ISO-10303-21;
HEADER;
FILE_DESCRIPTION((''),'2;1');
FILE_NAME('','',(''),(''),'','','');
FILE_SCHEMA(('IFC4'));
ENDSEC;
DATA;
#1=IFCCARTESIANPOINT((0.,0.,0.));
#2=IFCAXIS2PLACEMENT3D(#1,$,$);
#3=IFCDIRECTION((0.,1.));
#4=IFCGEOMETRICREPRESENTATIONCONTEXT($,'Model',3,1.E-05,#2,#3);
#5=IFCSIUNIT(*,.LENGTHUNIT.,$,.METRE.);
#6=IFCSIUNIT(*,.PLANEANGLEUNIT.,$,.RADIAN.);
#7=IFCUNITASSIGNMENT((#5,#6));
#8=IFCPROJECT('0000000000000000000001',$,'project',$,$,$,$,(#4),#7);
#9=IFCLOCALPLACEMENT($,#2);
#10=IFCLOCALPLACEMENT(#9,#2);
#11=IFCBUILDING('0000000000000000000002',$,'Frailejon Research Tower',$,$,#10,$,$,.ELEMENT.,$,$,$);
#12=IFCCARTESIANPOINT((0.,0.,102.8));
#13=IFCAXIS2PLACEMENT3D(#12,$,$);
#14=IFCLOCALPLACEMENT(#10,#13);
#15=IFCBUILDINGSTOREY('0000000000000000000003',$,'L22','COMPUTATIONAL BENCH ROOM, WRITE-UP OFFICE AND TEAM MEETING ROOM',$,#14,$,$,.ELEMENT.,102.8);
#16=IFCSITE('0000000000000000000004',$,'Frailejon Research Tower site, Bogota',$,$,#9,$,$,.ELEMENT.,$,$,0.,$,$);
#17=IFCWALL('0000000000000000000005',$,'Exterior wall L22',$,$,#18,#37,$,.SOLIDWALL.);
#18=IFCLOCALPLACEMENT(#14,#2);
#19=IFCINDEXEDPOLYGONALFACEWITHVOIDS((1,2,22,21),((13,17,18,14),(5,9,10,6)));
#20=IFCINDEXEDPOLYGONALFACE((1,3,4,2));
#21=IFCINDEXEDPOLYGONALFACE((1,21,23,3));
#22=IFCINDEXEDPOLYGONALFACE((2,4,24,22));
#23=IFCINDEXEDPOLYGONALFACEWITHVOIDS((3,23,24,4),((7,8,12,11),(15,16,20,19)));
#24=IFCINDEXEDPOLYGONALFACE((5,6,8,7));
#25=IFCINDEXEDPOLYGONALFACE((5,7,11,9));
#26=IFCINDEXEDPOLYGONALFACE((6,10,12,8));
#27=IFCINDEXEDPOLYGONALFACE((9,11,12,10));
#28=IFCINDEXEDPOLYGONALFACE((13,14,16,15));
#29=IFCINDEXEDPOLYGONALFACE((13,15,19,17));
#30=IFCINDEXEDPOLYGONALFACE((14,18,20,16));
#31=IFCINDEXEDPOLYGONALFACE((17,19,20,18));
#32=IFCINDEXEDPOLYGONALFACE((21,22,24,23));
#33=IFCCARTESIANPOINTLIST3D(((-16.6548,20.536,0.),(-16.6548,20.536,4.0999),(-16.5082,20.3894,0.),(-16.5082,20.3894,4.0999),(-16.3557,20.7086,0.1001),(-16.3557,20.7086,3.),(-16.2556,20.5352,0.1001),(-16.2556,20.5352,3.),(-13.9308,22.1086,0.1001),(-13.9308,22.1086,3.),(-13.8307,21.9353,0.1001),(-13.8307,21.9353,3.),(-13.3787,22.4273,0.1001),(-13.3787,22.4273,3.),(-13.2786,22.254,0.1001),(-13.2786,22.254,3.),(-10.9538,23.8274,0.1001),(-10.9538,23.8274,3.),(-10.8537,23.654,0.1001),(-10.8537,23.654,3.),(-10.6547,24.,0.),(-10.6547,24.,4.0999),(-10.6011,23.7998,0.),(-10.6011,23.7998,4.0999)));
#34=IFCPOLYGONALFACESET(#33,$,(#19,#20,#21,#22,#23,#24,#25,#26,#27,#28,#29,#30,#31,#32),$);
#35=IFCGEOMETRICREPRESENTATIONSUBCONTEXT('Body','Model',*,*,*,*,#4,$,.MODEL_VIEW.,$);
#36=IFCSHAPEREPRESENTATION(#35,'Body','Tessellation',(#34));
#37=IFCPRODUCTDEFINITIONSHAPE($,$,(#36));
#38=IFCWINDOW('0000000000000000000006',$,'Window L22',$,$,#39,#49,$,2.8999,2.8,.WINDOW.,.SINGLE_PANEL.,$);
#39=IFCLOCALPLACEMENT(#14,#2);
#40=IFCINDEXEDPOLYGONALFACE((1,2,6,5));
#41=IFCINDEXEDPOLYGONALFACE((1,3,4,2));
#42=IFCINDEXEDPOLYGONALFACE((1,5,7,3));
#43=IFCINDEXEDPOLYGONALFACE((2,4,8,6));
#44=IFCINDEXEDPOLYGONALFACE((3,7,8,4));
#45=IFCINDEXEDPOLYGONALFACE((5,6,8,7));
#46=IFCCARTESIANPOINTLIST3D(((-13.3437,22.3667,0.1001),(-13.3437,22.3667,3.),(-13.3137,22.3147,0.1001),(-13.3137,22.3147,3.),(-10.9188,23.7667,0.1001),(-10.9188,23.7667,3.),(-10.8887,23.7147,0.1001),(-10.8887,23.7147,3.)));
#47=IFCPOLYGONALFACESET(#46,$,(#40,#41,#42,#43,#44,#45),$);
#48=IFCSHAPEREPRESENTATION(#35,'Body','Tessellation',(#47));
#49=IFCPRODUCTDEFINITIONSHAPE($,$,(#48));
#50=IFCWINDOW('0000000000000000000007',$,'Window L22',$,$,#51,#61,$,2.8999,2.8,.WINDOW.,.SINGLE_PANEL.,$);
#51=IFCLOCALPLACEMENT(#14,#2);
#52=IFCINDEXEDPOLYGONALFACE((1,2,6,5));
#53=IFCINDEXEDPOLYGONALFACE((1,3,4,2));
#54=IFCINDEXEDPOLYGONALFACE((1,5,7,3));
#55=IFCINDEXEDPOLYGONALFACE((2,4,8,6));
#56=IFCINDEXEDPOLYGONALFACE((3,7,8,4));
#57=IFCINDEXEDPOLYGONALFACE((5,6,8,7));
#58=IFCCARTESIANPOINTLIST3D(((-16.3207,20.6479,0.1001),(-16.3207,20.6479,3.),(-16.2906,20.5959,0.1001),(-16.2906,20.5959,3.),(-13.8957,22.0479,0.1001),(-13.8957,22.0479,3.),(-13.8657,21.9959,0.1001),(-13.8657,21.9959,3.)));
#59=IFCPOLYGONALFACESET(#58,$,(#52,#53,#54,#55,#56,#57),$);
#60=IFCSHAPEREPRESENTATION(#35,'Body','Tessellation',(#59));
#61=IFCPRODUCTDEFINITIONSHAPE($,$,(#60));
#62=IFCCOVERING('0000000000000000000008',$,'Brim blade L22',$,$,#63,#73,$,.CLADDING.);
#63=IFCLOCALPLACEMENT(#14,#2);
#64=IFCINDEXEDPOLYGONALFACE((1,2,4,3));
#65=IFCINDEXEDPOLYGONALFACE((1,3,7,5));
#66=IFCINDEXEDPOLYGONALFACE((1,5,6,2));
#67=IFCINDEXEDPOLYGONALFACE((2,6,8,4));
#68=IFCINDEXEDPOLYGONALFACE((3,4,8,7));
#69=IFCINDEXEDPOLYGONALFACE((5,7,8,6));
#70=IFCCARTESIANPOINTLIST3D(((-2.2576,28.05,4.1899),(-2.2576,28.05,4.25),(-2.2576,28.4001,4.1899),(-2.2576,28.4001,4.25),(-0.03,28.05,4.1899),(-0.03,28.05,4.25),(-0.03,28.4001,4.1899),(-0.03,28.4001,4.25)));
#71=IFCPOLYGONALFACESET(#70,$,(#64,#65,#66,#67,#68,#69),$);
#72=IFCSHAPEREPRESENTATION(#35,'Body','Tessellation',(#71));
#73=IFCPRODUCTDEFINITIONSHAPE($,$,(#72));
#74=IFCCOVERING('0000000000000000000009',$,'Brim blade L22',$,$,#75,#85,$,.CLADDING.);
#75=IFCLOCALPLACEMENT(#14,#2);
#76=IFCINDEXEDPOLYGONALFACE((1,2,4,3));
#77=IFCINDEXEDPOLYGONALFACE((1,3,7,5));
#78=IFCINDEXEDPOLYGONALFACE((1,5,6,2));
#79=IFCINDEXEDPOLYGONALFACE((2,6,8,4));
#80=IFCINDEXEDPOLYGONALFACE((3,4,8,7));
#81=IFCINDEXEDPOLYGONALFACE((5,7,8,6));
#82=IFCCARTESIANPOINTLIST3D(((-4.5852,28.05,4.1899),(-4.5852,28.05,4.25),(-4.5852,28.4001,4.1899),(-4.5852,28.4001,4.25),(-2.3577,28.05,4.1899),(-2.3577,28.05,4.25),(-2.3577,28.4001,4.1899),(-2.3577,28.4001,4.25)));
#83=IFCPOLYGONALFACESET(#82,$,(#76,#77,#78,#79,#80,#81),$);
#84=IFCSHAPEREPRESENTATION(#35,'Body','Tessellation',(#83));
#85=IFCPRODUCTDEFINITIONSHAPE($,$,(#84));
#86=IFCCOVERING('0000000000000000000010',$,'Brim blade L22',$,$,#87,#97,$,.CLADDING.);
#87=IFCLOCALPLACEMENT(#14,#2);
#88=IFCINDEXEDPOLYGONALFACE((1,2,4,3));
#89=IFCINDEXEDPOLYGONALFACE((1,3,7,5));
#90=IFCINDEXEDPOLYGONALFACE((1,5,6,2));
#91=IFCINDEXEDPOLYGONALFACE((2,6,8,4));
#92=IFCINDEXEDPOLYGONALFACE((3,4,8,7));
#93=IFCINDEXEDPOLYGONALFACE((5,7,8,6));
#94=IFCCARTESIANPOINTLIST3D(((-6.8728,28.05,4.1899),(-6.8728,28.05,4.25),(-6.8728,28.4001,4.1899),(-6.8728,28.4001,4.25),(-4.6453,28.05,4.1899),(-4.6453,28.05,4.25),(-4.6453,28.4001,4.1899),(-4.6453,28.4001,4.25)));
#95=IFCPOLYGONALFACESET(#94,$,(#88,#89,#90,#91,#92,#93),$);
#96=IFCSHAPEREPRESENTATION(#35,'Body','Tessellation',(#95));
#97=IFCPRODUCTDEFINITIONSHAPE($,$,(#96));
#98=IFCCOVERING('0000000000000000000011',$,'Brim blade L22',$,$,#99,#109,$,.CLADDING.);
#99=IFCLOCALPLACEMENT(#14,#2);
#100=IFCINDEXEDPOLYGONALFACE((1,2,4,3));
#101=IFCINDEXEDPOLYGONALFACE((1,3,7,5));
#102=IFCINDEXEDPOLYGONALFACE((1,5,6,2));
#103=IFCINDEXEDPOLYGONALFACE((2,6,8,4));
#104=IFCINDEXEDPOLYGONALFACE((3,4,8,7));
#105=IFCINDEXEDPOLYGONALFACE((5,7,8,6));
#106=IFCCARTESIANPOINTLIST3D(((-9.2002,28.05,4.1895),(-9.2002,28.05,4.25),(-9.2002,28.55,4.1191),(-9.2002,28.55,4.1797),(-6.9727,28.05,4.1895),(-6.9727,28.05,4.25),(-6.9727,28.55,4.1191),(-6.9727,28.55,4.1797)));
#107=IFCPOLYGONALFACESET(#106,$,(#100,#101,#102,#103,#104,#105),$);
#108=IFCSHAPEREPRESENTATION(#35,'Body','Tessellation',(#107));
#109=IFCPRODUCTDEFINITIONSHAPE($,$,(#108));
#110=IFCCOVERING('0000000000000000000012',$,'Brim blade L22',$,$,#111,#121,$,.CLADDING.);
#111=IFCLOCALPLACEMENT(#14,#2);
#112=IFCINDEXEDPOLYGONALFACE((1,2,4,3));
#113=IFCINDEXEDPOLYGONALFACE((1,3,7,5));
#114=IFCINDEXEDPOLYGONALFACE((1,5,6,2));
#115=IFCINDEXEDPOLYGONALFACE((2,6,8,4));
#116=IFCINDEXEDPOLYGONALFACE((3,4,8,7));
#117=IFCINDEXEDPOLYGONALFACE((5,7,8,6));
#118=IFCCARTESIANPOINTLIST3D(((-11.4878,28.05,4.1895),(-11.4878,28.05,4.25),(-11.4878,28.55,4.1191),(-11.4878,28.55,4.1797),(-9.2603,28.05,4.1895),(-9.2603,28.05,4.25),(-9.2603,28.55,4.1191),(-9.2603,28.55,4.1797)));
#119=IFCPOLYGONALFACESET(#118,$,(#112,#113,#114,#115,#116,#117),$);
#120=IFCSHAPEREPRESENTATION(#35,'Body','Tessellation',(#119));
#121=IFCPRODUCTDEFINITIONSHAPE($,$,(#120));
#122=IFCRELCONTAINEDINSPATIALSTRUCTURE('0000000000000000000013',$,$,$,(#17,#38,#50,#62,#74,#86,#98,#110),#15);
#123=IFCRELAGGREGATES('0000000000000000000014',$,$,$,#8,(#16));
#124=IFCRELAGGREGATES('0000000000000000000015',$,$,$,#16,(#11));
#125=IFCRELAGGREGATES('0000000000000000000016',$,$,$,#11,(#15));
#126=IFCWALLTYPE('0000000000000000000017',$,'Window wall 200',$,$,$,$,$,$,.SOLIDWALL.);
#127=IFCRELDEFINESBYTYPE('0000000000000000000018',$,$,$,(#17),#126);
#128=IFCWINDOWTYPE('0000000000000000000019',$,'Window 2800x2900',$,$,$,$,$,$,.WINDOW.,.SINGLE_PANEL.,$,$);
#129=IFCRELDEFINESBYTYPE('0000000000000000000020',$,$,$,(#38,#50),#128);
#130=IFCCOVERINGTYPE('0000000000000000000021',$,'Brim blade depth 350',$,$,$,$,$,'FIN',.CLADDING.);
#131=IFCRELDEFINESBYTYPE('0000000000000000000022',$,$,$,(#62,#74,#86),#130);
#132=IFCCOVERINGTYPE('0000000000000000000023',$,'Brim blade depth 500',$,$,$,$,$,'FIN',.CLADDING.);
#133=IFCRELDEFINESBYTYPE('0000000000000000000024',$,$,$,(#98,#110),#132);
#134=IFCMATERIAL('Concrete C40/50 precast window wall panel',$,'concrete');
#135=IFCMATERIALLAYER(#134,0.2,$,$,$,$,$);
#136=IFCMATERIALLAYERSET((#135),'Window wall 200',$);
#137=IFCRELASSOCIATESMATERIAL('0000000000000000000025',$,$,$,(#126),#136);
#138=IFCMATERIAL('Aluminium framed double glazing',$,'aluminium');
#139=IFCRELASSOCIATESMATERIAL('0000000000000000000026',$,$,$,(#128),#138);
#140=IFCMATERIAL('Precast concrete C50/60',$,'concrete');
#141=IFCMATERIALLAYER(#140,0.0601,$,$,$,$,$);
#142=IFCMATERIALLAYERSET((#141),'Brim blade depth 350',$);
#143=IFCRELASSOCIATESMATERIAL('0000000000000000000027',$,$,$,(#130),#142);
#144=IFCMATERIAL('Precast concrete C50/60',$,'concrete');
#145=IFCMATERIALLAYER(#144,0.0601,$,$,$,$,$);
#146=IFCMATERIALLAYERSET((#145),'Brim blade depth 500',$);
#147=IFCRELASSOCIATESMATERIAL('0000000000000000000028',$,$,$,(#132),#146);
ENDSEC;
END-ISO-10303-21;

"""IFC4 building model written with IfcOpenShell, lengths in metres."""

from ifc_helpers import new_model, si_unit, direction, frame, frame_2d, origin, place, context, subcontext, project, spatial, polyline, rectangle, outline, extrude, material, layer, layer_set, type_object, element, fill, save


model = new_model("IFC4")

# Units and contexts
model_context = context("Model", 3, precision=1e-05, world=origin(), true_north=direction((0.0, 1.0)))
body_context = subcontext(model_context, "Body", "Model", "MODEL_VIEW")
ifc_project = project(units=[si_unit("LENGTHUNIT", "METRE"), si_unit("PLANEANGLEUNIT", "RADIAN")], contexts=[model_context])

# Site, building, storey
site_placement = place(None, origin())
site = spatial("IfcSite", under=ifc_project, at=site_placement, Name="Frailejon Research Tower site, Bogota", CompositionType="ELEMENT", RefElevation=0.0)
building_placement = place(site_placement, origin())
building = spatial("IfcBuilding", under=site, at=building_placement, Name="Frailejon Research Tower", CompositionType="ELEMENT")
storey_placement = place(building_placement, frame((0.0, 0.0, 102.8)))
storey = spatial("IfcBuildingStorey", under=building, at=storey_placement, Name="L22", Description="COMPUTATIONAL BENCH ROOM, WRITE-UP OFFICE AND TEAM MEETING ROOM", CompositionType="ELEMENT", Elevation=102.8)

# Wall, openings, windows
ifc_material_1 = material(Name="Concrete C40/50 precast window wall panel", Category="concrete")
ifc_layer_1 = layer(ifc_material_1, 0.2)
ifc_layer_set_1 = layer_set([ifc_layer_1], Name="Window wall 200")
wall_type_1 = type_object("IfcWallType", Name="Window wall 200", PredefinedType="SOLIDWALL", material=ifc_layer_set_1)
wall_1_placement = place(storey_placement, frame((-10.6279, 23.8999, 0.0), z_axis=(0.0, 0.0, 1.0), x_axis=(-0.866029, -0.499993, 0.0)))
wall_1 = element("IfcWall", 1, at=wall_1_placement, inside=storey, type_object=wall_type_1, Name="Exterior wall L22", PredefinedType="SOLIDWALL", context=body_context, shape_type="SweptSolid", body=[
    extrude(outline(polyline([(-0.0269, -0.1001), (1.1279, -0.1001), (2.2825, -0.1001), (3.4373, -0.1001), (4.592, -0.1001), (5.7466, -0.1001), (6.9014, -0.1001), (6.8477, 0.1001), (5.7109, 0.1001), (4.574, 0.1001), (3.4373, 0.1001), (2.3005, 0.1001), (1.1636, 0.1001), (0.0269, 0.1001), (-0.0269, -0.1001)])), origin(), (0.0, 0.0, 1.0), 4.0999),
])
opening_1_placement = place(wall_1_placement, frame((0.3186, 0.0, 0.1001)))
opening_1 = element("IfcOpeningElement", 2, at=opening_1_placement, cuts=wall_1, PredefinedType="OPENING", context=body_context, shape_type="SweptSolid", body=[
    extrude(rectangle(XDim=2.8, YDim=2.8999, at=frame_2d((1.3999, 1.45))), frame((0.0, 0.1099, 0.0), z_axis=(0.0, -1.0, 0.0), x_axis=(1.0, 0.0, 0.0)), (0.0, 0.0, 1.0), 0.22),
])
opening_2_placement = place(wall_1_placement, frame((3.7561, 0.0, 0.1001)))
opening_2 = element("IfcOpeningElement", 3, at=opening_2_placement, cuts=wall_1, PredefinedType="OPENING", context=body_context, shape_type="SweptSolid", body=[
    extrude(rectangle(XDim=2.8, YDim=2.8999, at=frame_2d((1.3999, 1.45))), frame((0.0, 0.1099, 0.0), z_axis=(0.0, -1.0, 0.0), x_axis=(1.0, 0.0, 0.0)), (0.0, 0.0, 1.0), 0.22),
])
ifc_material_2 = material(Name="Aluminium framed double glazing", Category="aluminium")
window_type = type_object("IfcWindowType", Name="Window 2800x2900", PartitioningType="SINGLE_PANEL", PredefinedType="WINDOW", material=ifc_material_2)
window_1_placement = place(opening_1_placement, origin())
window_1 = element("IfcWindow", 4, at=window_1_placement, inside=storey, type_object=window_type, Name="Window L22", OverallHeight=2.8999, OverallWidth=2.8, PartitioningType="SINGLE_PANEL", PredefinedType="WINDOW", context=body_context, shape_type="SweptSolid", body=[
    extrude(rectangle(XDim=2.8, YDim=2.8999, at=frame_2d((1.3999, 1.45))), frame((0.0, 0.03, 0.0), z_axis=(0.0, -1.0, 0.0), x_axis=(1.0, 0.0, 0.0)), (0.0, 0.0, 1.0), 0.0601),
])
fill(opening_1, window_1)
window_2_placement = place(opening_2_placement, origin())
window_2 = element("IfcWindow", 5, at=window_2_placement, inside=storey, type_object=window_type, Name="Window L22", OverallHeight=2.8999, OverallWidth=2.8, PartitioningType="SINGLE_PANEL", PredefinedType="WINDOW", context=body_context, shape_type="SweptSolid", body=[
    extrude(rectangle(XDim=2.8, YDim=2.8999, at=frame_2d((1.3999, 1.45))), frame((0.0, 0.03, 0.0), z_axis=(0.0, -1.0, 0.0), x_axis=(1.0, 0.0, 0.0)), (0.0, 0.0, 1.0), 0.0601),
])
fill(opening_2, window_2)

# Coverings
ifc_material_3 = material(Name="Precast concrete C50/60", Category="concrete")
ifc_layer_2 = layer(ifc_material_3, 0.0601)
ifc_layer_set_2 = layer_set([ifc_layer_2], Name="Brim blade depth 350")
covering_type_1 = type_object("IfcCoveringType", Name="Brim blade depth 350", ElementType="FIN", PredefinedType="CLADDING", material=ifc_layer_set_2)
for number, where, z_axis, x_axis, name in (
    (6, (-2.2576, 28.05, 4.25), (1.0, 0.0, 0.0), (0.0, 1.0, 0.0), "Brim blade L22"),
    (7, (-4.5852, 28.05, 4.25), (1.0, 0.0, 0.0), (0.0, 1.0, 0.0), "Brim blade L22"),
    (8, (-6.8728, 28.05, 4.25), (1.0, 0.0, 0.0), (0.0, 1.0, 0.0), "Brim blade L22"),
):
    element("IfcCovering", number, at=place(storey_placement, frame(where, z_axis=z_axis, x_axis=x_axis)), inside=storey, type_object=covering_type_1, Name=name, PredefinedType="CLADDING", context=body_context, shape_type="SweptSolid", body=[
        extrude(outline(polyline([(0.0, -0.0601), (0.3501, -0.0601), (0.3501, 0.0), (0.0, 0.0), (0.0, -0.0601)])), origin(), (0.0, 0.0, 1.0), 2.2275),
    ])
ifc_material_4 = material(Name="Precast concrete C50/60", Category="concrete")
ifc_layer_3 = layer(ifc_material_4, 0.0601)
ifc_layer_set_3 = layer_set([ifc_layer_3], Name="Brim blade depth 500")
covering_type_2 = type_object("IfcCoveringType", Name="Brim blade depth 500", ElementType="FIN", PredefinedType="CLADDING", material=ifc_layer_set_3)
for number, where, z_axis, x_axis, name in (
    (9, (-9.2002, 28.05, 4.25), (1.0, 0.0, 0.0), (0.0, 1.0, 0.0), "Brim blade L22"),
    (10, (-11.4878, 28.05, 4.25), (1.0, 0.0, 0.0), (0.0, 1.0, 0.0), "Brim blade L22"),
):
    element("IfcCovering", number, at=place(storey_placement, frame(where, z_axis=z_axis, x_axis=x_axis)), inside=storey, type_object=covering_type_2, Name=name, PredefinedType="CLADDING", context=body_context, shape_type="SweptSolid", body=[
        extrude(outline(polyline([(0.0, -0.0605), (0.5, -0.1309), (0.5, -0.0703), (0.0, 0.0), (0.0, -0.0605)])), origin(), (0.0, 0.0, 1.0), 2.2275),
    ])

save(model, "model.ifc")
